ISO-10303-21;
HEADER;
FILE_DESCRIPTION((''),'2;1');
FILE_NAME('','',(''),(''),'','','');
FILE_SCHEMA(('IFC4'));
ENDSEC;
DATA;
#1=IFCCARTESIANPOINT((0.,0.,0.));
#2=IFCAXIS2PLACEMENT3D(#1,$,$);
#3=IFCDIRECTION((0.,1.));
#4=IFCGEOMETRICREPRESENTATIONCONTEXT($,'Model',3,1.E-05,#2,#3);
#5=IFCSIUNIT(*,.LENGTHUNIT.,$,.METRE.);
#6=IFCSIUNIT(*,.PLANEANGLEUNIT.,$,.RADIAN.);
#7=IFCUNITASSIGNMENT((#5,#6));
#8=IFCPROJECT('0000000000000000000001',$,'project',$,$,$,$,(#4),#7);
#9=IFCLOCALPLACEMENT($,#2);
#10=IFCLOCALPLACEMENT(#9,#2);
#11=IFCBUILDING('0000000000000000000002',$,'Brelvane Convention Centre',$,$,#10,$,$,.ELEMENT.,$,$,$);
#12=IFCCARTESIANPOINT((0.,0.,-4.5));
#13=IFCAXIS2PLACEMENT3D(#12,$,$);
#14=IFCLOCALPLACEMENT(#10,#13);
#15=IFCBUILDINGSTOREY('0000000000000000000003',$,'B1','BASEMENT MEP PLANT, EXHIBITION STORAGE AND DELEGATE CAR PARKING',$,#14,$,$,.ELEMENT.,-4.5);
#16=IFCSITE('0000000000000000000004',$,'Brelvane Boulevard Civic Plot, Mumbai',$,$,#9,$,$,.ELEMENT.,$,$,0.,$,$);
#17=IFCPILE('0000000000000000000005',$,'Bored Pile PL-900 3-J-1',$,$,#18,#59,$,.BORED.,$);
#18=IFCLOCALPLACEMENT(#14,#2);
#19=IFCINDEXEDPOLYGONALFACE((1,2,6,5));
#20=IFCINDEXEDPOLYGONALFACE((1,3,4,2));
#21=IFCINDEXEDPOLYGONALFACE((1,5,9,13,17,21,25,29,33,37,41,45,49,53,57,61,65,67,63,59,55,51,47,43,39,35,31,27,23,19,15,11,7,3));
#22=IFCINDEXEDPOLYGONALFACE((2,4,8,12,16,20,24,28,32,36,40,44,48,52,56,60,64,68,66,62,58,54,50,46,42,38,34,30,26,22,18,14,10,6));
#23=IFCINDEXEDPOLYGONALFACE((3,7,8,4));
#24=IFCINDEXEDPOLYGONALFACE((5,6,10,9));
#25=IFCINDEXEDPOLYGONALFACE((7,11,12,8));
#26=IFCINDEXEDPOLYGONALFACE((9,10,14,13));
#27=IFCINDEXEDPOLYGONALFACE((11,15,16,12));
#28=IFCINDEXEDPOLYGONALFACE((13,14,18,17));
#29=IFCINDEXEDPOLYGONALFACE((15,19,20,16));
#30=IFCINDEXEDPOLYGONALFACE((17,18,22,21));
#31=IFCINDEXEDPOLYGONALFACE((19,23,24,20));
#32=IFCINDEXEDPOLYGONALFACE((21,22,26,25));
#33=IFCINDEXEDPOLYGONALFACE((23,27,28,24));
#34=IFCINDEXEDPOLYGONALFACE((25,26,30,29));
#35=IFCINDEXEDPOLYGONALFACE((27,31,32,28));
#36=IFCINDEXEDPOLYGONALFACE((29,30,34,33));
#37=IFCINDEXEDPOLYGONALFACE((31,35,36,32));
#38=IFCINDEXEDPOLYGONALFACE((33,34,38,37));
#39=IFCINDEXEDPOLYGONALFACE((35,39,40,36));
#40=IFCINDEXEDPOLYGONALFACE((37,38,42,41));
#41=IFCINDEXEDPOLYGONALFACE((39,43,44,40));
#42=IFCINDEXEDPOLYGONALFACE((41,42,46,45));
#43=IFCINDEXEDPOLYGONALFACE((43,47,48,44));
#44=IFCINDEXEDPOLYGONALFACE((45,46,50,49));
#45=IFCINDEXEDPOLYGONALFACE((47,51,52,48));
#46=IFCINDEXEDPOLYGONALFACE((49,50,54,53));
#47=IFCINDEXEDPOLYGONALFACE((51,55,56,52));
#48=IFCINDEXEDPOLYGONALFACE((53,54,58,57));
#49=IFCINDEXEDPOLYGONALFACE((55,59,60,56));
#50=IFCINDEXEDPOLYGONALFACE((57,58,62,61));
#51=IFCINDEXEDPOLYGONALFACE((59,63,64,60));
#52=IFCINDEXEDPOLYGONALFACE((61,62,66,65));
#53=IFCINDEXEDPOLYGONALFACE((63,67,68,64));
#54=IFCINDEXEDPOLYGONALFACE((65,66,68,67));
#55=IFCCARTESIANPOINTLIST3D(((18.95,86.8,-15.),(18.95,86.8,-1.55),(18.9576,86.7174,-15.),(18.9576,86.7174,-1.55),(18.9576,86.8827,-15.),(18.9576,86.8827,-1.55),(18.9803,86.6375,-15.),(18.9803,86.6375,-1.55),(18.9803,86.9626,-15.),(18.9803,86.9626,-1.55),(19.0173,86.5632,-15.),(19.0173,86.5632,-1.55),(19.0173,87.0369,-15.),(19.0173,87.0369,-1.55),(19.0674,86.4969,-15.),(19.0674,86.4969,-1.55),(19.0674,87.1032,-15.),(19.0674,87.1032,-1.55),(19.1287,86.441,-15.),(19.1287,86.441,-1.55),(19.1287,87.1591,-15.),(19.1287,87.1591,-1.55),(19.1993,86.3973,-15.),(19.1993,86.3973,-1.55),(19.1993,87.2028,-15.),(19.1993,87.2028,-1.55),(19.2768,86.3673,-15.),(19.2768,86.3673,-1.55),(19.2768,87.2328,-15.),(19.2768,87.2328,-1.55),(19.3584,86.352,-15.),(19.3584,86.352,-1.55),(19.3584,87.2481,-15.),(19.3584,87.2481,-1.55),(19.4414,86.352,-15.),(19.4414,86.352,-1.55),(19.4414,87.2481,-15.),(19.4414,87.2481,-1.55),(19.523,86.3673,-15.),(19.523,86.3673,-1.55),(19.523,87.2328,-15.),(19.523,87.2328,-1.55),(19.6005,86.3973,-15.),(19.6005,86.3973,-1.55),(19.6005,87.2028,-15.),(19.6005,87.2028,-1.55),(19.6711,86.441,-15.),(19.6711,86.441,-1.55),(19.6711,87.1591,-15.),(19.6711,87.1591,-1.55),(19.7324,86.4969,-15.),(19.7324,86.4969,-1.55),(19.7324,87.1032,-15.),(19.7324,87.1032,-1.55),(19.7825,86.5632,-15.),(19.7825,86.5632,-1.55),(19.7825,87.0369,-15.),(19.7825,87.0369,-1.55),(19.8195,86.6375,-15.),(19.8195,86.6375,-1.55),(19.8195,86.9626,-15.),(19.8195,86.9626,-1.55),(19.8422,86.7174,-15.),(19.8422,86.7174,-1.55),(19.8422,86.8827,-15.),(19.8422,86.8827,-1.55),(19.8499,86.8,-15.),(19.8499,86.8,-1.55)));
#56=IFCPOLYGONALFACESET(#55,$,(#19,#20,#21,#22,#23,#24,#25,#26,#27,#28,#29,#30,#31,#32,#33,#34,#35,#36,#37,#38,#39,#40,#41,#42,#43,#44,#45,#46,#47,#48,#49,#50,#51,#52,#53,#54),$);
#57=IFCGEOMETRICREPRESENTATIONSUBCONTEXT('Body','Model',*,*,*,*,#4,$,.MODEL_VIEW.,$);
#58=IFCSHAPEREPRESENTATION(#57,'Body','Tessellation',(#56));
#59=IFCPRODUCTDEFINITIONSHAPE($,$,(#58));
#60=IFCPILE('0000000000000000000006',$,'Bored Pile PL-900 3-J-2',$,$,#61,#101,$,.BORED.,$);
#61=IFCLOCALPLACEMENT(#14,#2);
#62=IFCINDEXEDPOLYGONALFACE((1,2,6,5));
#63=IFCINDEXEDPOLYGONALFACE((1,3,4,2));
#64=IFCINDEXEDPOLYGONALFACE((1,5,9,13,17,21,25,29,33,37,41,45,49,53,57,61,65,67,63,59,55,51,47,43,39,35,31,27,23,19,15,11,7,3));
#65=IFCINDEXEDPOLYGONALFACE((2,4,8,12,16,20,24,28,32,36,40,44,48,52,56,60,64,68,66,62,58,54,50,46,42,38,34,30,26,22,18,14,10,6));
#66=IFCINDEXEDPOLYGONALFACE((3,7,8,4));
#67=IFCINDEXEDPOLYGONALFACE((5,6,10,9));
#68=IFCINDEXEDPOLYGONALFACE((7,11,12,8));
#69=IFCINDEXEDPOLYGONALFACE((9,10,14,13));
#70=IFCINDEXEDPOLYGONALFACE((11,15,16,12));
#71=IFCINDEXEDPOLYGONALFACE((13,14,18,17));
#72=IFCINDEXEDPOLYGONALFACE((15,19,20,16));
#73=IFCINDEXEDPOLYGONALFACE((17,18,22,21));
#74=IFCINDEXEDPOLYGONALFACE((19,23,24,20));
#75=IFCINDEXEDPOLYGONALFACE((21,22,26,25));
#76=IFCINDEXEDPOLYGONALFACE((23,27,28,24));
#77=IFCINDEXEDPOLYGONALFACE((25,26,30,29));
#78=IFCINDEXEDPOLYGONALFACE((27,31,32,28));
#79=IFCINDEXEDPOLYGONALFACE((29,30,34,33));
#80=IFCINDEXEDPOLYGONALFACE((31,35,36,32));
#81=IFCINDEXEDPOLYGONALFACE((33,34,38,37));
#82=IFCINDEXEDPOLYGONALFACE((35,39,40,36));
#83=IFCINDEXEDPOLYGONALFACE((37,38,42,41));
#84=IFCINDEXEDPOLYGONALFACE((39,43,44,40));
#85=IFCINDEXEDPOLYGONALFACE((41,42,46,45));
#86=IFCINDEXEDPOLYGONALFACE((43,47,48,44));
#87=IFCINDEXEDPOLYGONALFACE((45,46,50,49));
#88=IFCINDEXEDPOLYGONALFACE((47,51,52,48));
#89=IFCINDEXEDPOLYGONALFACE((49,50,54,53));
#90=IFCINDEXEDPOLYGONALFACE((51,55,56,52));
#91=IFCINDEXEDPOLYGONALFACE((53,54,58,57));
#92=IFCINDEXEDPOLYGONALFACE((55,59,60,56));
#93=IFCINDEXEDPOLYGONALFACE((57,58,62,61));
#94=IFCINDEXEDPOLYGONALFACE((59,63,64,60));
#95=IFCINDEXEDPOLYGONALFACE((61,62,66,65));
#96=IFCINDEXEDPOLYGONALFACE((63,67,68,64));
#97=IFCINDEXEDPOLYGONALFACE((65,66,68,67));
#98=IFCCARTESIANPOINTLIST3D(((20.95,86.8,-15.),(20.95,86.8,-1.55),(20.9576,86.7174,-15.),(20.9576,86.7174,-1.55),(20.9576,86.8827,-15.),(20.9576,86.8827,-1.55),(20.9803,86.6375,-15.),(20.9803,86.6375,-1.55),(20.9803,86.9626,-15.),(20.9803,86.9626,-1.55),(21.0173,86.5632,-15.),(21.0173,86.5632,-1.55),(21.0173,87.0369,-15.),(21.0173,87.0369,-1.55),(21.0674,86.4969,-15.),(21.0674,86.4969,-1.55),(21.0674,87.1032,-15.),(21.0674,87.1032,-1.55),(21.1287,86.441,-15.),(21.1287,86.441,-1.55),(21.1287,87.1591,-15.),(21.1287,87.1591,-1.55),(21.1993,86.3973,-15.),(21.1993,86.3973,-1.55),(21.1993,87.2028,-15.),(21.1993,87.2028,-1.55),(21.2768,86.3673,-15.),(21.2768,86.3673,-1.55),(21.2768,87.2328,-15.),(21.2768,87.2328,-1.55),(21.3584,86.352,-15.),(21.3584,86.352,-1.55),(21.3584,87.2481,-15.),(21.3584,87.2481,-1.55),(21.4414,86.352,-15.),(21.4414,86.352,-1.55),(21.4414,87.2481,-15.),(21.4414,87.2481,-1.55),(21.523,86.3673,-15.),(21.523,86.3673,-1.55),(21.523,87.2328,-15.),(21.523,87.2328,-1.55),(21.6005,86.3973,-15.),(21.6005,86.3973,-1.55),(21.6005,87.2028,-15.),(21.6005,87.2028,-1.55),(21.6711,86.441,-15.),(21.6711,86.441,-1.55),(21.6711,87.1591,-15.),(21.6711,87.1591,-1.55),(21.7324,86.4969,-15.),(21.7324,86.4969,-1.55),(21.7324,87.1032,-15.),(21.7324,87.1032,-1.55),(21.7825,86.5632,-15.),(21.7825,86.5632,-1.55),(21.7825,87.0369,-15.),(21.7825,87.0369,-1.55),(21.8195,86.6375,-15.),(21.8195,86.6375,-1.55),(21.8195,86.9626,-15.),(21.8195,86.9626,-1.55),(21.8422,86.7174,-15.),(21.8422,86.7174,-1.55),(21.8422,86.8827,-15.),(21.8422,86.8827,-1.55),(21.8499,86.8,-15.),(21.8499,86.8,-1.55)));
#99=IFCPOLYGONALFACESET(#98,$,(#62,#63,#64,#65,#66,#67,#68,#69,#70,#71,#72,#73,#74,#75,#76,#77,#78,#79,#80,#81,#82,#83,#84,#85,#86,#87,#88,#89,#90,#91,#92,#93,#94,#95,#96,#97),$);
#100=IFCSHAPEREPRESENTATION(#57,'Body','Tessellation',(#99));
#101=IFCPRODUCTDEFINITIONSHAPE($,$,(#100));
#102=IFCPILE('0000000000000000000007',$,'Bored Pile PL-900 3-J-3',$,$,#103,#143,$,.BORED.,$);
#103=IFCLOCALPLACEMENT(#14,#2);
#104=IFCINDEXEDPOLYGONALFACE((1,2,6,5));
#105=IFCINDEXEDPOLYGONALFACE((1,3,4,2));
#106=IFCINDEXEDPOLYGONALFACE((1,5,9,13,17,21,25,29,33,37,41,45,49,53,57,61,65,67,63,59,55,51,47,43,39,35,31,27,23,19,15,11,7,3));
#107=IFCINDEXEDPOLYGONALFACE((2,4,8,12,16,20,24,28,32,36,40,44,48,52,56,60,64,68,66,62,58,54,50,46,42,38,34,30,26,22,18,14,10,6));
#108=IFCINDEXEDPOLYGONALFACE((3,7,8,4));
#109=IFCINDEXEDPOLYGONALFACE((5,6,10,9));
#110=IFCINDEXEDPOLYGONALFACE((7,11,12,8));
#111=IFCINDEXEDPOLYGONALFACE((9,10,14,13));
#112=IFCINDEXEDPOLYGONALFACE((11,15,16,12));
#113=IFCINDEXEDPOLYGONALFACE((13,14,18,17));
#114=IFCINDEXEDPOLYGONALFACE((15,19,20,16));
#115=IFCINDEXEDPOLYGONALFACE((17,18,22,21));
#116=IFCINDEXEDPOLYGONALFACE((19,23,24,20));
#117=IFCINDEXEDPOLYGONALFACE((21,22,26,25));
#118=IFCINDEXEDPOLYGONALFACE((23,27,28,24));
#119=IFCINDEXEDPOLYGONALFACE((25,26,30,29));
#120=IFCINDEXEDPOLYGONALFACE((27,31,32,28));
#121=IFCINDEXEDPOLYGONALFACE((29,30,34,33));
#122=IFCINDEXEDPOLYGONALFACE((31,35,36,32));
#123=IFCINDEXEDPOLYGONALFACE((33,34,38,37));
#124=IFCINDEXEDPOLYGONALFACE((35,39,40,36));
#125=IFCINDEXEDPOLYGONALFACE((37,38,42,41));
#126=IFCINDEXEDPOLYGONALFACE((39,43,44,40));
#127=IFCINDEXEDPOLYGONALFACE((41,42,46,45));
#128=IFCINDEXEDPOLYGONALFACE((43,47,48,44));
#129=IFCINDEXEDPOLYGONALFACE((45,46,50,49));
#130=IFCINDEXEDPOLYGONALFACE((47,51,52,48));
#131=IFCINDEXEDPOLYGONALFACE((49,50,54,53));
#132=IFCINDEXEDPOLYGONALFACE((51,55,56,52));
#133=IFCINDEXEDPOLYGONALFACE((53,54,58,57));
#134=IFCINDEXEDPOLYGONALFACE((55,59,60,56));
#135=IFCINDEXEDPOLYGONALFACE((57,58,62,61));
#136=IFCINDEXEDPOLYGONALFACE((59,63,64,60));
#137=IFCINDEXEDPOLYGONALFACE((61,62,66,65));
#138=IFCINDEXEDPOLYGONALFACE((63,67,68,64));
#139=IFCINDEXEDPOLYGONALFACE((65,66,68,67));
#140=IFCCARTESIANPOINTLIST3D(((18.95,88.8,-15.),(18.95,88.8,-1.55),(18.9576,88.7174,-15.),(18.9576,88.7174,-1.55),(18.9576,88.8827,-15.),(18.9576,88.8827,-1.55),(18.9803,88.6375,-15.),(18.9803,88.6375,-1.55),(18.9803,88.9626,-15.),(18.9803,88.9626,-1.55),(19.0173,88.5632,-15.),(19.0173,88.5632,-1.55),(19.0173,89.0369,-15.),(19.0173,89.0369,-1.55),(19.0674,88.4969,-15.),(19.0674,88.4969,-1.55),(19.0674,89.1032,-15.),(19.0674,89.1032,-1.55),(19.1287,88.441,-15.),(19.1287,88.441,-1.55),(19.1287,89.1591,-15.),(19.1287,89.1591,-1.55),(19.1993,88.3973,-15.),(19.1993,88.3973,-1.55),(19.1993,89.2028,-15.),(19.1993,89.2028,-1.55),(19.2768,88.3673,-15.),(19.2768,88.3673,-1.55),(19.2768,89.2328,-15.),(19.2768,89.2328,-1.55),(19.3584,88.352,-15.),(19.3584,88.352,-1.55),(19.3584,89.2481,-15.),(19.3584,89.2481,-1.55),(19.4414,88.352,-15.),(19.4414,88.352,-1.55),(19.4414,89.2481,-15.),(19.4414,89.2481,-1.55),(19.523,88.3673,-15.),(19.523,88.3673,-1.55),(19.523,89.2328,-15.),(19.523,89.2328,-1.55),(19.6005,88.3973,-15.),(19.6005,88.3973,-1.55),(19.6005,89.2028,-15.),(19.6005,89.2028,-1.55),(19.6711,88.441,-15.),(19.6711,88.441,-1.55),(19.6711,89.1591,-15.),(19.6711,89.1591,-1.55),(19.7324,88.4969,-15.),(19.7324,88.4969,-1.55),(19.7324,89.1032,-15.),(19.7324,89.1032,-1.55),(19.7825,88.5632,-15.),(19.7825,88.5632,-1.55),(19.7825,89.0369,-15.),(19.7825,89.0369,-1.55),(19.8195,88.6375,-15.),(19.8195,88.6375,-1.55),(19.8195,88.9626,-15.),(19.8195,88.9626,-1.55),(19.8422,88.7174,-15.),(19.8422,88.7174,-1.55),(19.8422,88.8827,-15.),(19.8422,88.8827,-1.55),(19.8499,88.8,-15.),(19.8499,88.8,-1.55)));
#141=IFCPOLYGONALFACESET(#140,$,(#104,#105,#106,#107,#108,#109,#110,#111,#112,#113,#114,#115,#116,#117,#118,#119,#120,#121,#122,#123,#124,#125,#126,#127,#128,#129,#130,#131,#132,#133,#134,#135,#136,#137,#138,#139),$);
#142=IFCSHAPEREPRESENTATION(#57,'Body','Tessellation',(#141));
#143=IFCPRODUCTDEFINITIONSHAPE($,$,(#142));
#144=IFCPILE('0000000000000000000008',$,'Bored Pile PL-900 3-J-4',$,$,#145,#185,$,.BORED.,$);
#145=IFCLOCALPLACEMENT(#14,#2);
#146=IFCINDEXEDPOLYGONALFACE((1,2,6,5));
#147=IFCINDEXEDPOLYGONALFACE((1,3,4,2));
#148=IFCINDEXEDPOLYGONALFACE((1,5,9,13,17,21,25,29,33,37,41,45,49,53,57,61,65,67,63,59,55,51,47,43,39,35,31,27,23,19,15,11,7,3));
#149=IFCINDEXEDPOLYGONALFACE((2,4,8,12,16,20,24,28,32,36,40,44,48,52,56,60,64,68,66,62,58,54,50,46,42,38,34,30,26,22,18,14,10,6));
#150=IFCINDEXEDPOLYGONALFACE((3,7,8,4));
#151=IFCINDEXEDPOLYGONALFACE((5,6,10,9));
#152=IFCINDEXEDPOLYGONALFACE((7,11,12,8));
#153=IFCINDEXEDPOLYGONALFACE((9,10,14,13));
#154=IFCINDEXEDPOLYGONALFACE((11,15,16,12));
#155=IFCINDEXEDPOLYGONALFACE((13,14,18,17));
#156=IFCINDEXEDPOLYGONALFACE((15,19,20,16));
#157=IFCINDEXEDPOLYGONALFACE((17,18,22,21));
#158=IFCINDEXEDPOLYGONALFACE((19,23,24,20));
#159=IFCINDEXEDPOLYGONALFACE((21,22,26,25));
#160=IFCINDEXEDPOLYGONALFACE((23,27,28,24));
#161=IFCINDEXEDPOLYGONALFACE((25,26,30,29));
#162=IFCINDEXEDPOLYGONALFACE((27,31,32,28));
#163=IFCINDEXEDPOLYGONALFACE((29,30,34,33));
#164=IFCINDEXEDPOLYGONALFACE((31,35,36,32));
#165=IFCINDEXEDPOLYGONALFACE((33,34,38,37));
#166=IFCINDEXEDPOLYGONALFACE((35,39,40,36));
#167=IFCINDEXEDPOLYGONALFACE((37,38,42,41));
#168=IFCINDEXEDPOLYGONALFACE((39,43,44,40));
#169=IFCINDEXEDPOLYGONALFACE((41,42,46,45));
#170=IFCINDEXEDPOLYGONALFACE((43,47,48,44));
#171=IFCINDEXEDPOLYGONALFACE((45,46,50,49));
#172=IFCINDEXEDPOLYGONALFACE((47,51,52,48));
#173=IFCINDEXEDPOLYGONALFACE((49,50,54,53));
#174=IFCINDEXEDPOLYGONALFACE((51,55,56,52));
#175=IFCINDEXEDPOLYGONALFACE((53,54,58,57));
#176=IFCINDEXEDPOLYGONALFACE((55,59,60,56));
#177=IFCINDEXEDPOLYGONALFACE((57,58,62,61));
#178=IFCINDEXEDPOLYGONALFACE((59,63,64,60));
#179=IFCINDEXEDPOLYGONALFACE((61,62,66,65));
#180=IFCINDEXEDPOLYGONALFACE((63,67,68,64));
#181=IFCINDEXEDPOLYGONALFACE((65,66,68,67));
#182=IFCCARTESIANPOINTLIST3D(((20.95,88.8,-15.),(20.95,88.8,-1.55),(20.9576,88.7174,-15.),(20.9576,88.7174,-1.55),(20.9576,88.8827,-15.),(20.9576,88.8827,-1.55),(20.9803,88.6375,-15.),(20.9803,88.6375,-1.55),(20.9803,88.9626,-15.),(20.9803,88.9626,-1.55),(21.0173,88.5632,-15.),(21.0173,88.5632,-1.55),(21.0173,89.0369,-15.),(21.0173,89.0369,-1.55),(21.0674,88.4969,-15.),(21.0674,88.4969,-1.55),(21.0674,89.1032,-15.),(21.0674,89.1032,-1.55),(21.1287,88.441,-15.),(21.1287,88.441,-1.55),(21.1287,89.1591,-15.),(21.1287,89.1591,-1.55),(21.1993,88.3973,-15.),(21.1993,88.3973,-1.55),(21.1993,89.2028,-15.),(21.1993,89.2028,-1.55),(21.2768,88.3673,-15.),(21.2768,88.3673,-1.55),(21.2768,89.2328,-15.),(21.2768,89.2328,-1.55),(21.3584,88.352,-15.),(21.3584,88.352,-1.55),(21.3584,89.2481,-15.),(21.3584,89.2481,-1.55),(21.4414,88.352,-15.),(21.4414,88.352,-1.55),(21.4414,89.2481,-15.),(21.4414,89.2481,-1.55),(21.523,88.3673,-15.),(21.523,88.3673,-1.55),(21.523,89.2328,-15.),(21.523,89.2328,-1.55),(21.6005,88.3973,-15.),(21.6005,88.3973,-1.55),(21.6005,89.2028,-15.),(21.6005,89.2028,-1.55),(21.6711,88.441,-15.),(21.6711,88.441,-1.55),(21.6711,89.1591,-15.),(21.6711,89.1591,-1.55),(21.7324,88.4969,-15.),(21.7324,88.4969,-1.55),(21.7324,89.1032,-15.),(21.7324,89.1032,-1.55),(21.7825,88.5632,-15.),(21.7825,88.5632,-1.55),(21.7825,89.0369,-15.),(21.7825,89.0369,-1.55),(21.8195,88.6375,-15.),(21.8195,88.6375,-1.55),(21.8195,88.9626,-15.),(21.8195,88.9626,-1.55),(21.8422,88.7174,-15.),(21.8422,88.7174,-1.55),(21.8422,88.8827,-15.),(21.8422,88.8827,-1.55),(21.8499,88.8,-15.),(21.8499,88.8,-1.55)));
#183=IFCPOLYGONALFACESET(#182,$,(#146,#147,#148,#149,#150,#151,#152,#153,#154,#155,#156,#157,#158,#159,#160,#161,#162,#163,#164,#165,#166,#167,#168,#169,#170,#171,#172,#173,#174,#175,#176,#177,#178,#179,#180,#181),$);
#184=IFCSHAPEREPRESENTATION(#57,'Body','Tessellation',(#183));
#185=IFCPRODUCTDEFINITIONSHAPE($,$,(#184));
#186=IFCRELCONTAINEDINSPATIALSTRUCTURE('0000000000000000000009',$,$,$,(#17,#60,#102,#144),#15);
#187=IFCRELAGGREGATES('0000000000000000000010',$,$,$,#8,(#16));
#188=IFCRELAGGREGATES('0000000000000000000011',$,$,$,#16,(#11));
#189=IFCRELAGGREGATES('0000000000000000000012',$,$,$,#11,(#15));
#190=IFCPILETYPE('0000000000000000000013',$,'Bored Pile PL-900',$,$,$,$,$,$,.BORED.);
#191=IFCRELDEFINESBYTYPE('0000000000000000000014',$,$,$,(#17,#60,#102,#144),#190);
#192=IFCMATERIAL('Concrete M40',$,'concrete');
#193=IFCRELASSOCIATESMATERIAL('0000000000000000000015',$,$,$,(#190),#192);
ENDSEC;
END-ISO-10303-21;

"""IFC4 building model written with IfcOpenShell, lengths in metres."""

from ifc_helpers import new_model, si_unit, direction, frame, origin, origin_2d, place, context, subcontext, project, spatial, circle, extrude, material, material_profile, profile_set, type_object, element, save


model = new_model("IFC4")

# Units and contexts
model_context = context("Model", 3, precision=1e-05, world=origin(), true_north=direction((0.0, 1.0)))
body_context = subcontext(model_context, "Body", "Model", "MODEL_VIEW")
ifc_project = project(units=[si_unit("LENGTHUNIT", "METRE"), si_unit("PLANEANGLEUNIT", "RADIAN")], contexts=[model_context])

# Site, building, storey
site_placement = place(None, origin())
site = spatial("IfcSite", under=ifc_project, at=site_placement, Name="Brelvane Boulevard Civic Plot, Mumbai", CompositionType="ELEMENT", RefElevation=0.0)
building_placement = place(site_placement, origin())
building = spatial("IfcBuilding", under=site, at=building_placement, Name="Brelvane Convention Centre", CompositionType="ELEMENT")
storey_placement = place(building_placement, frame((0.0, 0.0, -4.5)))
storey = spatial("IfcBuildingStorey", under=building, at=storey_placement, Name="B1", Description="BASEMENT MEP PLANT, EXHIBITION STORAGE AND DELEGATE CAR PARKING", CompositionType="ELEMENT", Elevation=-4.5)

# Piles
ifc_material_1 = material(Name="Concrete M40", Category="concrete")
ifc_material_profile_1 = material_profile(ifc_material_1, circle(Radius=0.45, at=origin_2d()), Name="PILE D900")
ifc_profile_set_1 = profile_set([ifc_material_profile_1], Name="Concrete M40")
pile_type = type_object("IfcPileType", Name="Bored Pile PL-900", PredefinedType="BORED", material=ifc_profile_set_1)
for number, where, z_axis, x_axis, name in (
    (1, (19.3999, 86.8, -1.55), (0.0, 0.0, -1.0), (1.0, 0.0, 0.0), "Bored Pile PL-900 3-J-1"),
    (2, (21.3999, 86.8, -1.55), (0.0, 0.0, -1.0), (1.0, 0.0, 0.0), "Bored Pile PL-900 3-J-2"),
    (3, (19.3999, 88.8, -1.55), (0.0, 0.0, -1.0), (1.0, 0.0, 0.0), "Bored Pile PL-900 3-J-3"),
    (4, (21.3999, 88.8, -1.55), (0.0, 0.0, -1.0), (1.0, 0.0, 0.0), "Bored Pile PL-900 3-J-4"),
):
    element("IfcPile", number, at=place(storey_placement, frame(where, z_axis=z_axis, x_axis=x_axis)), inside=storey, type_object=pile_type, Name=name, PredefinedType="BORED", context=body_context, shape_type="SweptSolid", body=[
        extrude(circle(Radius=0.45, at=origin_2d()), origin(), (0.0, 0.0, 1.0), 13.45),
    ])

save(model, "model.ifc")
